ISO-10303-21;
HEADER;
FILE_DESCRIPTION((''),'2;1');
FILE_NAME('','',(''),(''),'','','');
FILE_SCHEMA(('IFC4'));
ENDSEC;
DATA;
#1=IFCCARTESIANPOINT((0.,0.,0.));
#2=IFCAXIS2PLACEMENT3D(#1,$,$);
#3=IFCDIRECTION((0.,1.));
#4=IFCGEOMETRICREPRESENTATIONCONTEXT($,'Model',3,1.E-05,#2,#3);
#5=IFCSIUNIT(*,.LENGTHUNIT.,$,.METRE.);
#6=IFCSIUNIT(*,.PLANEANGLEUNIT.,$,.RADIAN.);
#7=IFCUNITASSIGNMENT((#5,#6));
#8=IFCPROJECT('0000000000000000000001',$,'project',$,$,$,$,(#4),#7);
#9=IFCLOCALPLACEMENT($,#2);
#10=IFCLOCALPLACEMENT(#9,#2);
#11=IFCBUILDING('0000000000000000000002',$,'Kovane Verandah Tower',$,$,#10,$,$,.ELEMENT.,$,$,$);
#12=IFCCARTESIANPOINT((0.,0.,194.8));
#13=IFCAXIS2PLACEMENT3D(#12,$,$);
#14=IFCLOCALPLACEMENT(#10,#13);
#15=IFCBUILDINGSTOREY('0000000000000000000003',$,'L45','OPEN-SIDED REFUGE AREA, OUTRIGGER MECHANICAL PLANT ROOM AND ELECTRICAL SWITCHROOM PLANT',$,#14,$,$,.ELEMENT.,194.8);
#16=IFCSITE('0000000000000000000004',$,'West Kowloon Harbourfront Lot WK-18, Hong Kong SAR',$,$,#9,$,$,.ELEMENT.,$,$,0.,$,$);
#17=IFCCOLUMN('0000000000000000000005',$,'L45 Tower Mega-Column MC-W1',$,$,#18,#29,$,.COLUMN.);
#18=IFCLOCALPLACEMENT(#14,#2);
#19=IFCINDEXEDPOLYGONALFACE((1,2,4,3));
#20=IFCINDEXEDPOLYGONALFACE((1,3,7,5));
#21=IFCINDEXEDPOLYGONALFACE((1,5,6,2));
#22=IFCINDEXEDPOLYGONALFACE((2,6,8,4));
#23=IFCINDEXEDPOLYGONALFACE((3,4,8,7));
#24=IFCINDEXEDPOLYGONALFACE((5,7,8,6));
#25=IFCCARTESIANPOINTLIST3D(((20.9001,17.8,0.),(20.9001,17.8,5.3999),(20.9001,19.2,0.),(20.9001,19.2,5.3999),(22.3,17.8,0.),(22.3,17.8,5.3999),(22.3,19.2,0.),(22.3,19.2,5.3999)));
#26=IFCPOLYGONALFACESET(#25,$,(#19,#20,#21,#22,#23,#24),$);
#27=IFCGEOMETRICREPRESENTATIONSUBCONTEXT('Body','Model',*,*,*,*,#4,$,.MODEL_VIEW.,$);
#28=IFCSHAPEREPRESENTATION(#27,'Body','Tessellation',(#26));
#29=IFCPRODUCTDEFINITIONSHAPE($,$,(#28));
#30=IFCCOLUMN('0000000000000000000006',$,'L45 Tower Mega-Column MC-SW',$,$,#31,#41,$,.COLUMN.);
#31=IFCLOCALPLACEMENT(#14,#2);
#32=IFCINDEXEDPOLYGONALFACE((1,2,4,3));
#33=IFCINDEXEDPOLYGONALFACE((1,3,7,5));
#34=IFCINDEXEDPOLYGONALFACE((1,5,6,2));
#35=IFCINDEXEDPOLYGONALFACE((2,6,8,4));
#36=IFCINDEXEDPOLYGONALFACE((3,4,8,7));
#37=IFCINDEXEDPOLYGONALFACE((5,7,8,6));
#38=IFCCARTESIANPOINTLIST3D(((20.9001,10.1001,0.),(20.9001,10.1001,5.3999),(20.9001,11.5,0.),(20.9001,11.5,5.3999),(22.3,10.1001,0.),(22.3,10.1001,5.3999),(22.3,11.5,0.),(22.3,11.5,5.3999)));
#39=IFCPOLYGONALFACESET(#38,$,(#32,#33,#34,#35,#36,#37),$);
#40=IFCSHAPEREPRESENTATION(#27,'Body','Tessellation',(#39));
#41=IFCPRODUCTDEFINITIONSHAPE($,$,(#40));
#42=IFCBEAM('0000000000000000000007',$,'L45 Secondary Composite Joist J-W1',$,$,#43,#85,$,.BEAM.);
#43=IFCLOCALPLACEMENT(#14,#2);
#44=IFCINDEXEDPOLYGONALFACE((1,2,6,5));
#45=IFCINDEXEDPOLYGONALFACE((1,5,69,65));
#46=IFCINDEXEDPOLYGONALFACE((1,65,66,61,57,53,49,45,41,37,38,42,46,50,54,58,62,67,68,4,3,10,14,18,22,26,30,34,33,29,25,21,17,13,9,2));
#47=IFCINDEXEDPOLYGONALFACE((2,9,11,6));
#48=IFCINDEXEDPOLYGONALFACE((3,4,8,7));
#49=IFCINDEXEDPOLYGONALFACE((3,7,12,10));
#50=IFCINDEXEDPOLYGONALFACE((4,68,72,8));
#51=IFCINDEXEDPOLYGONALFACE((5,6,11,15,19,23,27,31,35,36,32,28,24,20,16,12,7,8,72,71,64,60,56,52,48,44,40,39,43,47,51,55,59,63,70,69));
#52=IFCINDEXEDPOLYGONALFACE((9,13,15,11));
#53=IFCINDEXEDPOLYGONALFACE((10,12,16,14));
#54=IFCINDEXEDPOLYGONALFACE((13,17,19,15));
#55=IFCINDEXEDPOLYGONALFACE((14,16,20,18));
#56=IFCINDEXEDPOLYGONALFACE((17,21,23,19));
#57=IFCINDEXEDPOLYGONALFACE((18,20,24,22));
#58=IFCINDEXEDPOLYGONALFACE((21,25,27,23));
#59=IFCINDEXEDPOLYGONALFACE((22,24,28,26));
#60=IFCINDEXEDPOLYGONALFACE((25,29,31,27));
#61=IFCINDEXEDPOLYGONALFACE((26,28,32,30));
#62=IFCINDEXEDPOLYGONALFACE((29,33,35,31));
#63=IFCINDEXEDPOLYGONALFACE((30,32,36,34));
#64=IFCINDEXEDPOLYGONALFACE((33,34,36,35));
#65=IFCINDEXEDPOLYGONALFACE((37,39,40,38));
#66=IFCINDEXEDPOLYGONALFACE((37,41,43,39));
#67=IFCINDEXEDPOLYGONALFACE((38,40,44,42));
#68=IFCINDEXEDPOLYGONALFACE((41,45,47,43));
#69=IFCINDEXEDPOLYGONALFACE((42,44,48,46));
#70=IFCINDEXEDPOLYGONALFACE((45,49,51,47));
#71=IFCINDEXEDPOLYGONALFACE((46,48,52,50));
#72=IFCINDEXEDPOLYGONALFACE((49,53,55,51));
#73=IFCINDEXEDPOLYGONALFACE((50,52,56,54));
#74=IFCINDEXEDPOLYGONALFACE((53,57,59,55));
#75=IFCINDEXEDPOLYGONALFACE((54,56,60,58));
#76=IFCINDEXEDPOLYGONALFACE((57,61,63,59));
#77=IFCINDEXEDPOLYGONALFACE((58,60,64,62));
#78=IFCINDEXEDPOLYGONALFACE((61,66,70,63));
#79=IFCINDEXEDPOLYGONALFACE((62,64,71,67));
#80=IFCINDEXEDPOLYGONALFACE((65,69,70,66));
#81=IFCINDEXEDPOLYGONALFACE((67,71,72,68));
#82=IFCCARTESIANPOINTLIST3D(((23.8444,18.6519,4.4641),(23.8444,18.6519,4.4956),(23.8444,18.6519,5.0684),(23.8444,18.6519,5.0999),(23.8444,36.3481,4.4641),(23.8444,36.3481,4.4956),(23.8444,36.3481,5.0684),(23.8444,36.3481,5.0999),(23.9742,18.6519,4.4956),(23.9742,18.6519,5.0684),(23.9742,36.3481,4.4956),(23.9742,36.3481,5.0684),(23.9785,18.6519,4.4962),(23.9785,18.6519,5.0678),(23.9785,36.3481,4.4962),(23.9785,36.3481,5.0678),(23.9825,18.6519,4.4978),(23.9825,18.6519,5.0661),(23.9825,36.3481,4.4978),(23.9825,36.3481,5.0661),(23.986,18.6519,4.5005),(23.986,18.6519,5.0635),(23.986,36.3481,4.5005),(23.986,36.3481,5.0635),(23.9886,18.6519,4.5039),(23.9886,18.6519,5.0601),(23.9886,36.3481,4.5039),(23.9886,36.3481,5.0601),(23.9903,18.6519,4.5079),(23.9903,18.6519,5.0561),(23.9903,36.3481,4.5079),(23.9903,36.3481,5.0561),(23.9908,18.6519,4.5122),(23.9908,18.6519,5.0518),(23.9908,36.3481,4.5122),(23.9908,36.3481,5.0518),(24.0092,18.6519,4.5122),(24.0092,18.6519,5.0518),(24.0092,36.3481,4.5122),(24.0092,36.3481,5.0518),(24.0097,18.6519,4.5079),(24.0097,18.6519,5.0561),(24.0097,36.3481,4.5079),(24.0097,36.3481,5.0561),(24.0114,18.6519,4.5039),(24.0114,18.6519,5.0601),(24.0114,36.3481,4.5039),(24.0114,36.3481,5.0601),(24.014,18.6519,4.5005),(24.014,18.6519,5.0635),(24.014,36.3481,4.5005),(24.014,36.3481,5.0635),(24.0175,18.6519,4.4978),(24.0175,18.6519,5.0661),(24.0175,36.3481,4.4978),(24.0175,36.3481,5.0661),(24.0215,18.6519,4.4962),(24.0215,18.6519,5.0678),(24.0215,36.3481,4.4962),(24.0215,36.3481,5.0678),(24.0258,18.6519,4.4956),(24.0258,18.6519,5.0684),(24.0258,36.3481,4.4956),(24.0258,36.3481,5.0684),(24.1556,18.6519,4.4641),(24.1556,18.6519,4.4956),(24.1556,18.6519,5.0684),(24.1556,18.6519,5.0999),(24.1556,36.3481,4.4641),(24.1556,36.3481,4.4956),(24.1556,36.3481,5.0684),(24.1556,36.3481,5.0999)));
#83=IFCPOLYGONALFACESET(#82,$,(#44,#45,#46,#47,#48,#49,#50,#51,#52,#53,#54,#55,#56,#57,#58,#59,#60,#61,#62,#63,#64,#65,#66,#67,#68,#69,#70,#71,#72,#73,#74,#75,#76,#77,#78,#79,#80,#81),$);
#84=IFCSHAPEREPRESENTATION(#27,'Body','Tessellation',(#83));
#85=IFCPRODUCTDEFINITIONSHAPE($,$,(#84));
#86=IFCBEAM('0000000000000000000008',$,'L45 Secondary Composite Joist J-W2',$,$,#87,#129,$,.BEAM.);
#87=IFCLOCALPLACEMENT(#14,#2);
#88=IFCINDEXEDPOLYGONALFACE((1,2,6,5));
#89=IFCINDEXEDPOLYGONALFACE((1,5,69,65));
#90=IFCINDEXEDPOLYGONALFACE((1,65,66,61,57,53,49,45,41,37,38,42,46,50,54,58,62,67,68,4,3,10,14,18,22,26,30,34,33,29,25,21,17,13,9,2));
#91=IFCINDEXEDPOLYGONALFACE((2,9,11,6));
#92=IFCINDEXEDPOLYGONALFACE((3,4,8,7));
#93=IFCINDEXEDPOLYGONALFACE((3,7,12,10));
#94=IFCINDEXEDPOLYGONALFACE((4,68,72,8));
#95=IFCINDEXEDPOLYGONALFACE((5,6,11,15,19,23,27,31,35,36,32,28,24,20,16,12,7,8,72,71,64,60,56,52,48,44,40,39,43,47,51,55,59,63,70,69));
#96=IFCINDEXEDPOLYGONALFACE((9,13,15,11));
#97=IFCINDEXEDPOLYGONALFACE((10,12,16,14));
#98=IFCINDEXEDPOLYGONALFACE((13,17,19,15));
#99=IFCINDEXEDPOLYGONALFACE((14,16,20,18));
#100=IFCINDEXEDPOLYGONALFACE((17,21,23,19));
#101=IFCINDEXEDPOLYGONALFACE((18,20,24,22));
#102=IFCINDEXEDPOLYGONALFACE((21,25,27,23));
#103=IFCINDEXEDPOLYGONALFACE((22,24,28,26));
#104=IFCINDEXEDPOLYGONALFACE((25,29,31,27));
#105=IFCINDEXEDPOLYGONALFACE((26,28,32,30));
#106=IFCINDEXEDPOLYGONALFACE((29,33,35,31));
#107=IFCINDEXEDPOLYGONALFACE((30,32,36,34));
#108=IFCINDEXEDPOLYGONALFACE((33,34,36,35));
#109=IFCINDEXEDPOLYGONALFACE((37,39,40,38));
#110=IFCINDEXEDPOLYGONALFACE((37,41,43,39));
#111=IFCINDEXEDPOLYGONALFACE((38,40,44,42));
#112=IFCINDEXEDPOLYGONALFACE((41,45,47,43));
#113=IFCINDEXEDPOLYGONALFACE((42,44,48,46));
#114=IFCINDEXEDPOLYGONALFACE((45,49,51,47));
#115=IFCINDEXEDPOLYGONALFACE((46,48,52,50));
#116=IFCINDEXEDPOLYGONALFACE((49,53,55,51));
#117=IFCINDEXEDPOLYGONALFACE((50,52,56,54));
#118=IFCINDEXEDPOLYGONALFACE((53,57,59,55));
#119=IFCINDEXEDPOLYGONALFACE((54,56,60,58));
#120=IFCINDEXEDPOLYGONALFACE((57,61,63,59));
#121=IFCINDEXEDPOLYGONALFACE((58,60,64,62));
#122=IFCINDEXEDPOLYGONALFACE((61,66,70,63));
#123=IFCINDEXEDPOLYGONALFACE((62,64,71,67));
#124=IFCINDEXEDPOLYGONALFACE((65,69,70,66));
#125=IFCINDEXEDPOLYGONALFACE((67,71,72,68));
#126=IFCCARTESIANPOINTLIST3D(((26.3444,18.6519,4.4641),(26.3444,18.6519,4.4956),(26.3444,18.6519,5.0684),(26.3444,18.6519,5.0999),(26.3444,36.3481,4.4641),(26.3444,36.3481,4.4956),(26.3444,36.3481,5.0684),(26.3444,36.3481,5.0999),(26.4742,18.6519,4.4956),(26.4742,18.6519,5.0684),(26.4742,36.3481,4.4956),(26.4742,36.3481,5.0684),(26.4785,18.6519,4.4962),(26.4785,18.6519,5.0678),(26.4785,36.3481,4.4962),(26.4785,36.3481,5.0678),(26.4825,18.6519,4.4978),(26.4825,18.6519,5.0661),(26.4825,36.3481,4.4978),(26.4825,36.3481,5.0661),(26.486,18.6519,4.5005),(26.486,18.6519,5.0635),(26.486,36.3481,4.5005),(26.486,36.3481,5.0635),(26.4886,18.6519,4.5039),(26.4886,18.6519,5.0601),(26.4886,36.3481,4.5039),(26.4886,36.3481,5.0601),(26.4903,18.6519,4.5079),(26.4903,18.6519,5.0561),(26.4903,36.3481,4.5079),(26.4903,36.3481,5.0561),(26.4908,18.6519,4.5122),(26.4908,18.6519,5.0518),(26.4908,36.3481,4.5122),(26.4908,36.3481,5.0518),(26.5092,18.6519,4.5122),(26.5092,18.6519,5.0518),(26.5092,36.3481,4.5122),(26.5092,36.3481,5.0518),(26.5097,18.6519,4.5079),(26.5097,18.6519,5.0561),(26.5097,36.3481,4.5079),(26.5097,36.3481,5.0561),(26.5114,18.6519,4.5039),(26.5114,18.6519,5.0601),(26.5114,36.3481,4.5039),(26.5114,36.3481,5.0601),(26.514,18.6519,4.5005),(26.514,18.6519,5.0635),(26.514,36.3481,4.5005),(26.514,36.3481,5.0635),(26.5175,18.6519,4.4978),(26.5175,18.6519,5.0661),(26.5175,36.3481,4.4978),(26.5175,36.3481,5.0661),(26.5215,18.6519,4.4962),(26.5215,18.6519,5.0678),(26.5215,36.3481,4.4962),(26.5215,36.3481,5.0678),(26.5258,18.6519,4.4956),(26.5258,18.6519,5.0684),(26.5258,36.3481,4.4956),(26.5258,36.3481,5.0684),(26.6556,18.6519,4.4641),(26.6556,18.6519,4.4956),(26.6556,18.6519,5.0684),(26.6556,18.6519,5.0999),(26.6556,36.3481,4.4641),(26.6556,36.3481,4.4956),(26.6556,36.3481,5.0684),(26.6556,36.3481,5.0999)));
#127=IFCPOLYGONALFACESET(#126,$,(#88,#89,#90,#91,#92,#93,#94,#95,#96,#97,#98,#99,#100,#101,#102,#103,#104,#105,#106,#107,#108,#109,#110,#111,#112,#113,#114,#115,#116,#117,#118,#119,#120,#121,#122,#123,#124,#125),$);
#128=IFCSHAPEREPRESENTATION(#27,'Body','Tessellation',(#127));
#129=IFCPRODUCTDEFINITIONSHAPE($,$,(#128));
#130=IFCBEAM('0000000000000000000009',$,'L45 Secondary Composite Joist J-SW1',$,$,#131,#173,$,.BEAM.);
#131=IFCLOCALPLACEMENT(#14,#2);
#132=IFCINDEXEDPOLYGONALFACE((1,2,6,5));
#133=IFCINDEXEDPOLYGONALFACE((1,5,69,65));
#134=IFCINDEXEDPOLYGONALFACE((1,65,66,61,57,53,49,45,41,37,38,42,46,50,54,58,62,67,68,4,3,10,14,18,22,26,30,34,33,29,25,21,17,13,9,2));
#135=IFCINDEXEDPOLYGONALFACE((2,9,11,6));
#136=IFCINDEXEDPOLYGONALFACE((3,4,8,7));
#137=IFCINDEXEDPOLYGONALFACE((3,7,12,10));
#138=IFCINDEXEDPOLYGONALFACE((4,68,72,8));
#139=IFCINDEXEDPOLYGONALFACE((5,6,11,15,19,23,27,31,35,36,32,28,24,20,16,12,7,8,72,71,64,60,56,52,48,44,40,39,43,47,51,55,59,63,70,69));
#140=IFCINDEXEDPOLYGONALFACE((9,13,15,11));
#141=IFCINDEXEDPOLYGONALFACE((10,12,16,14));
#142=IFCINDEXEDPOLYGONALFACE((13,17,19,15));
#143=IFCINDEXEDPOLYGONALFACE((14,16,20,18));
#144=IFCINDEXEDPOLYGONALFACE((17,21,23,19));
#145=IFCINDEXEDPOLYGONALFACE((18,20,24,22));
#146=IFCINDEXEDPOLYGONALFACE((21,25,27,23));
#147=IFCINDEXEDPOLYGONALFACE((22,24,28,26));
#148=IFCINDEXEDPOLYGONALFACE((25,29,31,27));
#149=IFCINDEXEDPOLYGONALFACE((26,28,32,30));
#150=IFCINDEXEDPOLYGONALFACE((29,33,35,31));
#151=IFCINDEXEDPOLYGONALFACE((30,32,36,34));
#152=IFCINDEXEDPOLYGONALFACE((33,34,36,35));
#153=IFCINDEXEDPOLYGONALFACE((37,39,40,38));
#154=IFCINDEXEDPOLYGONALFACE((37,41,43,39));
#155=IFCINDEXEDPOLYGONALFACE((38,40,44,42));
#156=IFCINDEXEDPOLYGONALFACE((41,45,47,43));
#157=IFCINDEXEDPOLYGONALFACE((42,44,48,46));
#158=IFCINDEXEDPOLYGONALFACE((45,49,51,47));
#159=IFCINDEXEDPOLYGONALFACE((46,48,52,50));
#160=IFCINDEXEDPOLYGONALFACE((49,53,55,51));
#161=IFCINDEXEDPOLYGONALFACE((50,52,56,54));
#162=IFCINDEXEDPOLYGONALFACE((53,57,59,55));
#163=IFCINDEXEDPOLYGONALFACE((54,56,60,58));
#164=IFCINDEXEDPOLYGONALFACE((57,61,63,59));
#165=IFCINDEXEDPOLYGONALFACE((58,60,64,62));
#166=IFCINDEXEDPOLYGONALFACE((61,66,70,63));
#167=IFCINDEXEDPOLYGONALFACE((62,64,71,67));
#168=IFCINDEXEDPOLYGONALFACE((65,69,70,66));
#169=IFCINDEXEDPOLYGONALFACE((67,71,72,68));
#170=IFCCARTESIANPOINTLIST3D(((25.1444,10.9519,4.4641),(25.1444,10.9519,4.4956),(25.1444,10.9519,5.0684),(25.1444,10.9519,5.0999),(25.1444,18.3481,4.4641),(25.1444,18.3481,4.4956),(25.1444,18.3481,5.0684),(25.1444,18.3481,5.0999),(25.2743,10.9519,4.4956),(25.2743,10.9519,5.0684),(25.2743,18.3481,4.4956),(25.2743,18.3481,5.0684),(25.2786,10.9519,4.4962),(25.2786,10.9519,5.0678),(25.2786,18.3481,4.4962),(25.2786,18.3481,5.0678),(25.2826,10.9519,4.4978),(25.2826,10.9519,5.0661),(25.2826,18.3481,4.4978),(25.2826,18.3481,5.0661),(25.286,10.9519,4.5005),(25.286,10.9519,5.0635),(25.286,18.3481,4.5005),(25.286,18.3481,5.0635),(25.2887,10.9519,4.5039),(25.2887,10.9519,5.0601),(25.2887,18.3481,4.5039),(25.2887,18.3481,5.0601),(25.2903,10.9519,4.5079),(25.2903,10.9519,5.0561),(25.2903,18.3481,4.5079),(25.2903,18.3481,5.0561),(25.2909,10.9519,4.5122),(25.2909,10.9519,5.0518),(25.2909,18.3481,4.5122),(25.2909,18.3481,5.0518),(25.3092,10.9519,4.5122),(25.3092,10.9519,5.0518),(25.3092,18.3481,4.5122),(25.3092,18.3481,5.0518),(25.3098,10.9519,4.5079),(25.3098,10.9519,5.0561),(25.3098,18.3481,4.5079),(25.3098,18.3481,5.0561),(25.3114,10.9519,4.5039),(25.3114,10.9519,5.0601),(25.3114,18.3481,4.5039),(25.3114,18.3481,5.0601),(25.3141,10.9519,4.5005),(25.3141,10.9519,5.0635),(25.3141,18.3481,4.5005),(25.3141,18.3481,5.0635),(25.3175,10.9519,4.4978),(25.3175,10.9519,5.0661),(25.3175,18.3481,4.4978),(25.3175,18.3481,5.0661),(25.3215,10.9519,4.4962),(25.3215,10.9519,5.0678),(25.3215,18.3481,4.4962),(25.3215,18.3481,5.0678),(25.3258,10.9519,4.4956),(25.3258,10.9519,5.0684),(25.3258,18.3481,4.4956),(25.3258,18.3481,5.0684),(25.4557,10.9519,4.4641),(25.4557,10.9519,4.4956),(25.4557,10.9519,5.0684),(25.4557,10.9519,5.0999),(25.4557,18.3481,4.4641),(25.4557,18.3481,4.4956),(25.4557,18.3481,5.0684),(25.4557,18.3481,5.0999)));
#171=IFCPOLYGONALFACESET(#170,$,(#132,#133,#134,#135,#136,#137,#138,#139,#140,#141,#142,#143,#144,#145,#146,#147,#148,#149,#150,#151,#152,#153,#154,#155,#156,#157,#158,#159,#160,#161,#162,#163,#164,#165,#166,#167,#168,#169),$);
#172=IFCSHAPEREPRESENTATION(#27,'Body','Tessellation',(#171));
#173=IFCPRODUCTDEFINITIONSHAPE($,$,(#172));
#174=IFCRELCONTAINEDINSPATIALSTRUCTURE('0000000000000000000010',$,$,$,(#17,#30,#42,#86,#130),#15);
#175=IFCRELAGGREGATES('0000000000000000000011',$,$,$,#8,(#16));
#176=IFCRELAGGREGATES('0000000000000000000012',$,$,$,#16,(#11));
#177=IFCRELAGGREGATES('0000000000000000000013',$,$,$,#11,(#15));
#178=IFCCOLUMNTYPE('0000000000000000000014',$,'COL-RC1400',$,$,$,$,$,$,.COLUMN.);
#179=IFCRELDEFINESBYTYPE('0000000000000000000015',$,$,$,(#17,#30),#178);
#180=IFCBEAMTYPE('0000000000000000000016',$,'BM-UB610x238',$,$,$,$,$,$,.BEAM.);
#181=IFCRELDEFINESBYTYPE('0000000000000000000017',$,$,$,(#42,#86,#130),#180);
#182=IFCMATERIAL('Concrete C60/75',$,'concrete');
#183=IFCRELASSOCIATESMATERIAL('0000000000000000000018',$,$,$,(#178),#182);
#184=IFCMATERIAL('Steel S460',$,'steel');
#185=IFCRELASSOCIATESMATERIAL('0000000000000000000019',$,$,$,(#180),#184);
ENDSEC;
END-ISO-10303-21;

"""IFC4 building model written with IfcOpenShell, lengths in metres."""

from ifc_helpers import new_model, si_unit, direction, frame, origin, origin_2d, place, context, subcontext, project, spatial, rectangle, i_section, extrude, material, material_profile, profile_set, type_object, element, save


model = new_model("IFC4")

# Units and contexts
model_context = context("Model", 3, precision=1e-05, world=origin(), true_north=direction((0.0, 1.0)))
body_context = subcontext(model_context, "Body", "Model", "MODEL_VIEW")
ifc_project = project(units=[si_unit("LENGTHUNIT", "METRE"), si_unit("PLANEANGLEUNIT", "RADIAN")], contexts=[model_context])

# Site, building, storey
site_placement = place(None, origin())
site = spatial("IfcSite", under=ifc_project, at=site_placement, Name="West Kowloon Harbourfront Lot WK-18, Hong Kong SAR", CompositionType="ELEMENT", RefElevation=0.0)
building_placement = place(site_placement, origin())
building = spatial("IfcBuilding", under=site, at=building_placement, Name="Kovane Verandah Tower", CompositionType="ELEMENT")
storey_placement = place(building_placement, frame((0.0, 0.0, 194.8)))
storey = spatial("IfcBuildingStorey", under=building, at=storey_placement, Name="L45", Description="OPEN-SIDED REFUGE AREA, OUTRIGGER MECHANICAL PLANT ROOM AND ELECTRICAL SWITCHROOM PLANT", CompositionType="ELEMENT", Elevation=194.8)

# Columns
ifc_material_1 = material(Name="Concrete C60/75", Category="concrete")
ifc_material_profile_1 = material_profile(ifc_material_1, rectangle(XDim=1.3999, YDim=1.3999, at=origin_2d()), Name="RC1400x1400")
ifc_profile_set_1 = profile_set([ifc_material_profile_1], Name="Concrete C60/75")
column_type = type_object("IfcColumnType", Name="COL-RC1400", PredefinedType="COLUMN", material=ifc_profile_set_1)
for number, where, z_axis, x_axis, name in (
    (1, (21.6001, 18.5, 0.0), (0.0, 0.0, 1.0), (1.0, 0.0, 0.0), "L45 Tower Mega-Column MC-W1"),
    (2, (21.6001, 10.8, 0.0), (0.0, 0.0, 1.0), (1.0, 0.0, 0.0), "L45 Tower Mega-Column MC-SW"),
):
    element("IfcColumn", number, at=place(storey_placement, frame(where, z_axis=z_axis, x_axis=x_axis)), inside=storey, type_object=column_type, Name=name, PredefinedType="COLUMN", context=body_context, shape_type="SweptSolid", body=[
        extrude(rectangle(XDim=1.3999, YDim=1.3999, at=origin_2d()), origin(), (0.0, 0.0, 1.0), 5.3999),
    ])

# Beams
ifc_material_2 = material(Name="Steel S460", Category="steel")
ifc_material_profile_2 = material_profile(ifc_material_2, i_section(OverallWidth=0.3113, OverallDepth=0.6357, WebThickness=0.0183, FlangeThickness=0.0315, FilletRadius=0.0166, at=origin_2d()), Name="UB610x305x238")
ifc_profile_set_2 = profile_set([ifc_material_profile_2], Name="Steel S460")
beam_type_1 = type_object("IfcBeamType", Name="BM-UB610x238", PredefinedType="BEAM", material=ifc_profile_set_2)
for number, where, z_axis, x_axis, name in (
    (3, (24.0, 18.6519, 4.782), (0.0, 1.0, 0.0), (-1.0, 0.0, 0.0), "L45 Secondary Composite Joist J-W1"),
    (4, (26.5, 18.6519, 4.782), (0.0, 1.0, 0.0), (-1.0, 0.0, 0.0), "L45 Secondary Composite Joist J-W2"),
):
    element("IfcBeam", number, at=place(storey_placement, frame(where, z_axis=z_axis, x_axis=x_axis)), inside=storey, type_object=beam_type_1, Name=name, PredefinedType="BEAM", context=body_context, shape_type="SweptSolid", body=[
        extrude(i_section(OverallWidth=0.3113, OverallDepth=0.6357, WebThickness=0.0183, FlangeThickness=0.0315, FilletRadius=0.0166, at=origin_2d()), origin(), (0.0, 0.0, 1.0), 17.6963),
    ])
beam_1_placement = place(storey_placement, frame((25.3, 10.9519, 4.782), z_axis=(0.0, 1.0, 0.0), x_axis=(-1.0, 0.0, 0.0)))
element("IfcBeam", 5, at=beam_1_placement, inside=storey, type_object=beam_type_1, Name="L45 Secondary Composite Joist J-SW1", PredefinedType="BEAM", context=body_context, shape_type="SweptSolid", body=[
    extrude(i_section(OverallWidth=0.3113, OverallDepth=0.6357, WebThickness=0.0183, FlangeThickness=0.0315, FilletRadius=0.0166, at=origin_2d()), origin(), (0.0, 0.0, 1.0), 7.3962),
])

save(model, "model.ifc")
